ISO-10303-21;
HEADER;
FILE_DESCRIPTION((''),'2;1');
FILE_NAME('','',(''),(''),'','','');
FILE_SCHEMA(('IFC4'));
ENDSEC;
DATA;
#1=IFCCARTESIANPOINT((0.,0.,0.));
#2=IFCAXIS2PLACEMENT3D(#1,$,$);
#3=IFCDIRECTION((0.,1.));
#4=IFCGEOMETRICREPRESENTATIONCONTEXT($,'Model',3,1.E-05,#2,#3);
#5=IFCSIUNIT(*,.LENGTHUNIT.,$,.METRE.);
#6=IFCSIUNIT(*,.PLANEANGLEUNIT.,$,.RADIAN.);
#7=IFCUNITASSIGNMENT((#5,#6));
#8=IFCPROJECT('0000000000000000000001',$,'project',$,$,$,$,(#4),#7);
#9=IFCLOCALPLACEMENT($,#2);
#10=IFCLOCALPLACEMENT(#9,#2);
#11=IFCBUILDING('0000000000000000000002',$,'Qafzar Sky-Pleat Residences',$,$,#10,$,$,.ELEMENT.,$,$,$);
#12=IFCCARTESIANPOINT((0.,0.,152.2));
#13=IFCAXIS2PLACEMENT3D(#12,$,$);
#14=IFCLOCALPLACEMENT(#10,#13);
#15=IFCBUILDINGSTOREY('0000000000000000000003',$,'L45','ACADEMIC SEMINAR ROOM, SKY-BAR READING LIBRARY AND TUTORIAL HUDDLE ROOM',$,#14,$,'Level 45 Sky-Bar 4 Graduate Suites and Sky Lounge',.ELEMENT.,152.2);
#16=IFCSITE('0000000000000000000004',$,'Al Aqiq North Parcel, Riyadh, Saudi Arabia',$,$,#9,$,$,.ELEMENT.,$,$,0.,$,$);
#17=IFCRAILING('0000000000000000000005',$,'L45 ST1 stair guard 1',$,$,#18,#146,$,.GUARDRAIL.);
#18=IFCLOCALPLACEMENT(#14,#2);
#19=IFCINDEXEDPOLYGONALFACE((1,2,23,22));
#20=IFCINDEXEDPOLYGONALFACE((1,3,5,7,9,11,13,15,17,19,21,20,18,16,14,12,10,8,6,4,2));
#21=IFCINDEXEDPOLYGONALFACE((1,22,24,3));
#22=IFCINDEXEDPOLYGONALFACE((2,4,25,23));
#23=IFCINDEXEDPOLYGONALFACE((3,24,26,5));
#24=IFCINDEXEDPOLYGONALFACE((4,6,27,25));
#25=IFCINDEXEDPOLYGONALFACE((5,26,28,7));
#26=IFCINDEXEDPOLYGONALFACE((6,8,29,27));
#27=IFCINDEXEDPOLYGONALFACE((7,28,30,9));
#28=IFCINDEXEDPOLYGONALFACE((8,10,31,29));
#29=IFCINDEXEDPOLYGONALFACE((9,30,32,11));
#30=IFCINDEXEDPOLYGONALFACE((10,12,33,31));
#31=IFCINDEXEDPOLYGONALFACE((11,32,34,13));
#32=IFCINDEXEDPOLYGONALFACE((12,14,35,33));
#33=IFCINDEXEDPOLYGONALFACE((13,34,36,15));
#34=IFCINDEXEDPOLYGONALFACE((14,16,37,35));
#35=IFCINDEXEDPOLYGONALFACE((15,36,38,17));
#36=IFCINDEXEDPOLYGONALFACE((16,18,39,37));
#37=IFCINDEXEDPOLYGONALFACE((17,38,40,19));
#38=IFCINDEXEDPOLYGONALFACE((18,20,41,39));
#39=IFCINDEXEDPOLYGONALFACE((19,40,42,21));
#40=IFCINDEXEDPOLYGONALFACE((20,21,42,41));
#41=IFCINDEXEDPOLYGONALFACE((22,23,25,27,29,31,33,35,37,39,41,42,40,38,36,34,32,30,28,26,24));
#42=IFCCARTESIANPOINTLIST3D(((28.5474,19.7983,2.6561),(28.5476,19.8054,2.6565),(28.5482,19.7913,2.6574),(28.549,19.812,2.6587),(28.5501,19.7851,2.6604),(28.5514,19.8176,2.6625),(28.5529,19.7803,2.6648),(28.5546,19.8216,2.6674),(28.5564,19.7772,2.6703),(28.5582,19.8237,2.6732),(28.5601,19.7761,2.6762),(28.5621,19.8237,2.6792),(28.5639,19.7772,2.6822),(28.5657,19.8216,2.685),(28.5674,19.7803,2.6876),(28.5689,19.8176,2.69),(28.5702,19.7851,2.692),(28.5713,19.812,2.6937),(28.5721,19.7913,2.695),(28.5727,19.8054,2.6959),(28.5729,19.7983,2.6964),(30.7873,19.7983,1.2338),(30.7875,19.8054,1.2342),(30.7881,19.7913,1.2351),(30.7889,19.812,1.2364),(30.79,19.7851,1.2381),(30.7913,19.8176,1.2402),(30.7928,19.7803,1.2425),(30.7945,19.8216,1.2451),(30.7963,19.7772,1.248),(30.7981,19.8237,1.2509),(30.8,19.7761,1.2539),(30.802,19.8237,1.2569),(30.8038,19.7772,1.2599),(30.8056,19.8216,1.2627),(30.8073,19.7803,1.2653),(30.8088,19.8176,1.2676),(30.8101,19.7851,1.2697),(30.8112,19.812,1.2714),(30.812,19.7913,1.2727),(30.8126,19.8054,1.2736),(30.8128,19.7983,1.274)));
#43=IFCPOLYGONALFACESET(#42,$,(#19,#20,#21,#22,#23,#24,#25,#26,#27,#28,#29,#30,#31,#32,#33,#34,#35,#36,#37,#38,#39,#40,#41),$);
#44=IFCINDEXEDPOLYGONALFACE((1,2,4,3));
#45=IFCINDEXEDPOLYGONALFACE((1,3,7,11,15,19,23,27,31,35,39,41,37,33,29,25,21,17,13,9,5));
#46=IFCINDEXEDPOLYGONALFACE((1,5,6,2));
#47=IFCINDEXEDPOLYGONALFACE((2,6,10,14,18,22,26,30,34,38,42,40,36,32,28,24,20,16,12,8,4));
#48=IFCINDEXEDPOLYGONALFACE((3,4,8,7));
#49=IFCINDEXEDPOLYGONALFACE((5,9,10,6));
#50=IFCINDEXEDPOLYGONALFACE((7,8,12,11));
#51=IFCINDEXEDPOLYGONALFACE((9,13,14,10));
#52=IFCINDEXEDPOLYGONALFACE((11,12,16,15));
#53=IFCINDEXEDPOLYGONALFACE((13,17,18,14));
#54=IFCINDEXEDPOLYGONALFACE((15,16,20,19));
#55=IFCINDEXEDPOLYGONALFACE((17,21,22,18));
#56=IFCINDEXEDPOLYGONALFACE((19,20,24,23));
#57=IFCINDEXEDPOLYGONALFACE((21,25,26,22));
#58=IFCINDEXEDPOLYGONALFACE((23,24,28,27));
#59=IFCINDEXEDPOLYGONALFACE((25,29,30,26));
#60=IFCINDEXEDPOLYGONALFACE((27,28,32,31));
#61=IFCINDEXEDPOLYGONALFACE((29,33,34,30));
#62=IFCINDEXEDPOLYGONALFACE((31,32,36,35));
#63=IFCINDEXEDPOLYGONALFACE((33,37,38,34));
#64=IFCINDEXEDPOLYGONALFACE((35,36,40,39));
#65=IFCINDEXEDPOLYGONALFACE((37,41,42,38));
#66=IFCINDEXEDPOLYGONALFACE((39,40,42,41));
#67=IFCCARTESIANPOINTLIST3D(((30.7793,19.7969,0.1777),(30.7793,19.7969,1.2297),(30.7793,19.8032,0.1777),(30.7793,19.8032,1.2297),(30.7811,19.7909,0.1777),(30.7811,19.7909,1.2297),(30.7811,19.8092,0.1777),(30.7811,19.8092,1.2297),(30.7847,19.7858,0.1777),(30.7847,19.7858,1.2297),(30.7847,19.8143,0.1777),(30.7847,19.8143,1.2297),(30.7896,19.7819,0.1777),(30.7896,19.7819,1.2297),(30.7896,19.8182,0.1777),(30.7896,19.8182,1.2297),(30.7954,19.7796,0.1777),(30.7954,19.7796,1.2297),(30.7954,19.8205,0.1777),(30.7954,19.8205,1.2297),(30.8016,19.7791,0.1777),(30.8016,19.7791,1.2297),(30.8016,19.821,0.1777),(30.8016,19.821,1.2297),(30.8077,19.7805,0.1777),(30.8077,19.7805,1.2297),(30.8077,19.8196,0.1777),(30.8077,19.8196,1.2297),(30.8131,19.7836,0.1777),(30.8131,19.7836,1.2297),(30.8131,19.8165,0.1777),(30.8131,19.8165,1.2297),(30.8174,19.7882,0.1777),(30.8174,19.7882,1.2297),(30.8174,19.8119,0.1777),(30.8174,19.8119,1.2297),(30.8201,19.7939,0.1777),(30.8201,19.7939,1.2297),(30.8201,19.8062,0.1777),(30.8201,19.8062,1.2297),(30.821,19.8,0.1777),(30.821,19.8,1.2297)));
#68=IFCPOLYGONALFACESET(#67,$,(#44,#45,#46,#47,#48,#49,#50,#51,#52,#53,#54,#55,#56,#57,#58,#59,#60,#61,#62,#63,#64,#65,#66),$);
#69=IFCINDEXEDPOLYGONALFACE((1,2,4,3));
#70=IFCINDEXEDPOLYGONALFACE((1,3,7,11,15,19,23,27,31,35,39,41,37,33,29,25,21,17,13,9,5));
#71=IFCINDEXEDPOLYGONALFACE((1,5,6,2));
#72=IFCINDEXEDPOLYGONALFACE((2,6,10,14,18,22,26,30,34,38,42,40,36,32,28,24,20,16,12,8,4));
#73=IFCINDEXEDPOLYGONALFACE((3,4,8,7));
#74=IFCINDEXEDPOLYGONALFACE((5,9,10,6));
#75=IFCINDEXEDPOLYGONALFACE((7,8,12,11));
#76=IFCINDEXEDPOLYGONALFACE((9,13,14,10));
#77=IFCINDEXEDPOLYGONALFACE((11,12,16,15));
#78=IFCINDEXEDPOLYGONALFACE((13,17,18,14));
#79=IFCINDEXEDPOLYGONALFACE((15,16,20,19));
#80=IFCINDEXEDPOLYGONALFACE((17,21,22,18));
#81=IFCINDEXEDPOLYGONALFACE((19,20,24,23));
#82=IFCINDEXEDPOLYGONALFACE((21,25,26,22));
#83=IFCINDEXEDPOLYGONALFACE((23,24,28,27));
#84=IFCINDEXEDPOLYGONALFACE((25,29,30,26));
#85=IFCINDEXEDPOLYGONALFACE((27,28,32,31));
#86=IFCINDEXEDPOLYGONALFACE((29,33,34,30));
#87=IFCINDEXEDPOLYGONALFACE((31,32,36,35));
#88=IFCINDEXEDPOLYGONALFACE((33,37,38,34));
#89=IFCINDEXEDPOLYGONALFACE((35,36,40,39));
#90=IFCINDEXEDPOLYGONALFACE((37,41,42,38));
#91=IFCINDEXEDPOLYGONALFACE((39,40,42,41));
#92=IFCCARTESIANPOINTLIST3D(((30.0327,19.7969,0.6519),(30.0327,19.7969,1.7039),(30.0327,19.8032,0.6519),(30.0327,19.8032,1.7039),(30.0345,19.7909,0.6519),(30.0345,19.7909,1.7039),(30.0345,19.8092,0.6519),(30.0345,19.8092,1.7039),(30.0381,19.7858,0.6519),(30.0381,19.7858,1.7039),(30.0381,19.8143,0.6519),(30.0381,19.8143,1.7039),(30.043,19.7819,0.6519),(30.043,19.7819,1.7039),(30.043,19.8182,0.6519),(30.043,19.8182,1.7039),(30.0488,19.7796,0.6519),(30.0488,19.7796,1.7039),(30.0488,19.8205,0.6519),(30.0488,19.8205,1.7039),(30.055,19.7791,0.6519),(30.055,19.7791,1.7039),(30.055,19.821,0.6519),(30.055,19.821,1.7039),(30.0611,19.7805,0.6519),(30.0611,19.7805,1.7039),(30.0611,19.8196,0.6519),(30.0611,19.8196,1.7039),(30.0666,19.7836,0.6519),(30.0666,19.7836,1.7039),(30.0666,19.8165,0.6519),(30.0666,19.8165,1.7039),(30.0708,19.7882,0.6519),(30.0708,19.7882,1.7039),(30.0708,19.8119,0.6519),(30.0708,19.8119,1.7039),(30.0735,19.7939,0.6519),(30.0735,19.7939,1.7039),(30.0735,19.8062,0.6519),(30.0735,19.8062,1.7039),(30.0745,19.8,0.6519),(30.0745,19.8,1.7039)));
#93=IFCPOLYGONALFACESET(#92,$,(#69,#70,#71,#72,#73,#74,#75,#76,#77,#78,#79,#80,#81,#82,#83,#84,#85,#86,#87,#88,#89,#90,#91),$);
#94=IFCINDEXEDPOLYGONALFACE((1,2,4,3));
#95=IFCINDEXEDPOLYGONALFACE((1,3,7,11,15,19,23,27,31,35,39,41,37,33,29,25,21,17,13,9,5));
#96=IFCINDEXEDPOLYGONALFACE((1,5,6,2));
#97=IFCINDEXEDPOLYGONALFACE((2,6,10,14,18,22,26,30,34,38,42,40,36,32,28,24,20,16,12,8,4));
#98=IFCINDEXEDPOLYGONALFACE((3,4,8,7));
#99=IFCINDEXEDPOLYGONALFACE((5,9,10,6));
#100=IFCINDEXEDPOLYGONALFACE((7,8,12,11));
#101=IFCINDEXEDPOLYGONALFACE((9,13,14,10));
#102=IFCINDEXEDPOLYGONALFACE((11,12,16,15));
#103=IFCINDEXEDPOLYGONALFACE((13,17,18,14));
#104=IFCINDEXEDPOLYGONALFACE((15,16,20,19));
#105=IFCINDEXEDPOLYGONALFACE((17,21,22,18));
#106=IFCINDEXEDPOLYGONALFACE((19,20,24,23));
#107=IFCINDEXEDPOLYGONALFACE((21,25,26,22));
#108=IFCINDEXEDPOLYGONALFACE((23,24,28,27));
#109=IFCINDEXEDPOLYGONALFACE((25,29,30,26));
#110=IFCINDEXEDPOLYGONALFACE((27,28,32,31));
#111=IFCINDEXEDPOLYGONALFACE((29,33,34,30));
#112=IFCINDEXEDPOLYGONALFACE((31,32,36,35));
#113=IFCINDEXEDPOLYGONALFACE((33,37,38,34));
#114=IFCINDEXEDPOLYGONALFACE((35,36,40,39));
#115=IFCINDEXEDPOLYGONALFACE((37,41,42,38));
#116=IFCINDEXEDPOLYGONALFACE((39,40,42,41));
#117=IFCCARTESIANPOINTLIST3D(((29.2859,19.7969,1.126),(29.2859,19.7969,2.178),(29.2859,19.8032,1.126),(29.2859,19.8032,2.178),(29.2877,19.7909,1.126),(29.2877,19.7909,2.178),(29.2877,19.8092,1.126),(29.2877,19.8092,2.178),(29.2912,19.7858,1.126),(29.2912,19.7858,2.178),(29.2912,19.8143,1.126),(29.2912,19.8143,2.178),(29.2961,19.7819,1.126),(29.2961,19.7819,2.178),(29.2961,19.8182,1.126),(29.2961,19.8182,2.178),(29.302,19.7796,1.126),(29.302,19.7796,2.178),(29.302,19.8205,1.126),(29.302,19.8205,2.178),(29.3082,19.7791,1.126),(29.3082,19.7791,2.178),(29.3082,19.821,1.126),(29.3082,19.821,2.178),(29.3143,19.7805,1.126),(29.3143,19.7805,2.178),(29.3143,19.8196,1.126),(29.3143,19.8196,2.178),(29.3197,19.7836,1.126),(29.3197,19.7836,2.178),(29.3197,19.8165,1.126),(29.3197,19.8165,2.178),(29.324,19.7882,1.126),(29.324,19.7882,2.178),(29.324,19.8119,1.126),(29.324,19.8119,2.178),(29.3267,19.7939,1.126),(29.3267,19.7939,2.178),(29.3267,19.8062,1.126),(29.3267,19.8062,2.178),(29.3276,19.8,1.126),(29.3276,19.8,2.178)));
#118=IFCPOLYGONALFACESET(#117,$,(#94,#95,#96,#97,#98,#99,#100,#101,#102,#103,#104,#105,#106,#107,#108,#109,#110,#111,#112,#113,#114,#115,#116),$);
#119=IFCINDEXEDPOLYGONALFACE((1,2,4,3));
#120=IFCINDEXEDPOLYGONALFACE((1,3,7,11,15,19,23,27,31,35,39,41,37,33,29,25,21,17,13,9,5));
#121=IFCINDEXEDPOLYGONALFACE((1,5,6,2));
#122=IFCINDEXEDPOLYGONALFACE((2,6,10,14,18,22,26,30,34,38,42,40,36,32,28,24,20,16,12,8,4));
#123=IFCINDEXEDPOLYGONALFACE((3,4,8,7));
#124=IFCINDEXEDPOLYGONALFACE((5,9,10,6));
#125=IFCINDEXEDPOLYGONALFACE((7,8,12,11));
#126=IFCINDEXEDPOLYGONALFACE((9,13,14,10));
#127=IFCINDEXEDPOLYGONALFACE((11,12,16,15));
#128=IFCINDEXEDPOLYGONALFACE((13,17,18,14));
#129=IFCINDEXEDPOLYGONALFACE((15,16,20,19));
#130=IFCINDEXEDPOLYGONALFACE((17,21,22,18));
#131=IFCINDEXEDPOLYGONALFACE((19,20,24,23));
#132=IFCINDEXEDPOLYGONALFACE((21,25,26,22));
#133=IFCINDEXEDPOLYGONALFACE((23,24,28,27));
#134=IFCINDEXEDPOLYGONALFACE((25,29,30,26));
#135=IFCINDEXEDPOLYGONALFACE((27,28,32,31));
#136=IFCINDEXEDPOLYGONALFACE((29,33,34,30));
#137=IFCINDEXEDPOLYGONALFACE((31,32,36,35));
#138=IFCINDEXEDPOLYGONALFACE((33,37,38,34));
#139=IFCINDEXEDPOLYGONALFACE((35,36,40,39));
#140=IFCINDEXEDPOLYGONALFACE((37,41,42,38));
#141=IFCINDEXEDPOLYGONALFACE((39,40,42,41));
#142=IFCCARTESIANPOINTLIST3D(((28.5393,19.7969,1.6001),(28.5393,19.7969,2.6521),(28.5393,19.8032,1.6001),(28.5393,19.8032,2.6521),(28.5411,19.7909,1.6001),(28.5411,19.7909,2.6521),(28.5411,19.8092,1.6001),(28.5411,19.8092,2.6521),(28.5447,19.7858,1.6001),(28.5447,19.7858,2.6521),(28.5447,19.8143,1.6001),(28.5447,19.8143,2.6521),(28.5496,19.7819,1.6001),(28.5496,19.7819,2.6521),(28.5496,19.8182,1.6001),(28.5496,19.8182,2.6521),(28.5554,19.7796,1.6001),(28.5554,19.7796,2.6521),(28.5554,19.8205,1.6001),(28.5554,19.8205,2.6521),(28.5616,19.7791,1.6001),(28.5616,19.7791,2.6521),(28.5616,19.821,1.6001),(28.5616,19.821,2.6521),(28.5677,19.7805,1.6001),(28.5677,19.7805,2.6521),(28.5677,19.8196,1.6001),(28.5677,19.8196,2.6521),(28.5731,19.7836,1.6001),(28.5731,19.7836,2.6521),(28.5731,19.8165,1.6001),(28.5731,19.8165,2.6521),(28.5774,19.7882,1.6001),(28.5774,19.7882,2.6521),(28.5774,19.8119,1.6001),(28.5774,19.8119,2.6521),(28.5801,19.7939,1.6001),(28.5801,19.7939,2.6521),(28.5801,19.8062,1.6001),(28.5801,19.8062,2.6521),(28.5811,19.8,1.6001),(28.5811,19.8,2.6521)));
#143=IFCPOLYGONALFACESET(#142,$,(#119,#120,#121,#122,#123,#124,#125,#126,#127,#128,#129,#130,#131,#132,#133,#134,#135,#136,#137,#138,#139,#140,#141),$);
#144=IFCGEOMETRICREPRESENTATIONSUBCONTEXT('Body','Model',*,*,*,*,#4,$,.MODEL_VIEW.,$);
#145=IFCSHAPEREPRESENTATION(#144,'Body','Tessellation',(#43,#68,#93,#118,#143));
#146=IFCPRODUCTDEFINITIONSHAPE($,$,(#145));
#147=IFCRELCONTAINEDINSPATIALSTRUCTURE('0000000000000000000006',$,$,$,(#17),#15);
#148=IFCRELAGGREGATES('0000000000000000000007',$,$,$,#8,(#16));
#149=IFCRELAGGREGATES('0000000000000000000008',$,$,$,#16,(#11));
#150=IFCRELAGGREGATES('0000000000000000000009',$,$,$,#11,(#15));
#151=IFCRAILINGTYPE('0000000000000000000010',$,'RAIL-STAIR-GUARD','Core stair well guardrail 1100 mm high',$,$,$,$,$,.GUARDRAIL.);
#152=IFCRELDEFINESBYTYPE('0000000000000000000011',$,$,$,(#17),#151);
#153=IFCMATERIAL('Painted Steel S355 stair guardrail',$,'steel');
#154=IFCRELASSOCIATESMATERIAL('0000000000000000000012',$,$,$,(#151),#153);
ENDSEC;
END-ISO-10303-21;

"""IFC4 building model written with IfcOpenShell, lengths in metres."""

from ifc_helpers import new_model, si_unit, direction, frame, origin, origin_2d, place, context, subcontext, project, spatial, circle, extrude, source, transform, mapped, material, type_object, element, save


model = new_model("IFC4")

# Units and contexts
model_context = context("Model", 3, precision=1e-05, world=origin(), true_north=direction((0.0, 1.0)))
body_context = subcontext(model_context, "Body", "Model", "MODEL_VIEW")
ifc_project = project(units=[si_unit("LENGTHUNIT", "METRE"), si_unit("PLANEANGLEUNIT", "RADIAN")], contexts=[model_context])

# Site, building, storey
site_placement = place(None, origin())
site = spatial("IfcSite", under=ifc_project, at=site_placement, Name="Al Aqiq North Parcel, Riyadh, Saudi Arabia", CompositionType="ELEMENT", RefElevation=0.0)
building_placement = place(site_placement, origin())
building = spatial("IfcBuilding", under=site, at=building_placement, Name="Qafzar Sky-Pleat Residences", CompositionType="ELEMENT")
storey_placement = place(building_placement, frame((0.0, 0.0, 152.2)))
storey = spatial("IfcBuildingStorey", under=building, at=storey_placement, Name="L45", Description="ACADEMIC SEMINAR ROOM, SKY-BAR READING LIBRARY AND TUTORIAL HUDDLE ROOM", LongName="Level 45 Sky-Bar 4 Graduate Suites and Sky Lounge", CompositionType="ELEMENT", Elevation=152.2)

# Railing
ifc_material_1 = material(Name="Painted Steel S355 stair guardrail", Category="steel")
railing_type_1 = type_object("IfcRailingType", Name="RAIL-STAIR-GUARD", Description="Core stair well guardrail 1100 mm high", PredefinedType="GUARDRAIL", material=ifc_material_1)
shared_shape_1 = source(origin(), body_context, "Body", "SweptSolid", [
    extrude(circle(Radius=0.0239, at=origin_2d()), frame((0.0, 0.0, 1.0762), z_axis=(-0.844188, 0.0, 0.536048), x_axis=(0.0, -1.0, 0.0)), (0.0, 0.0, 1.0), 2.6533),
    extrude(circle(Radius=0.021, at=origin_2d()), origin(), (0.0, 0.0, 1.0), 1.052),
    extrude(circle(Radius=0.021, at=origin_2d()), frame((-0.7466, 0.0, 0.4741)), (0.0, 0.0, 1.0), 1.052),
    extrude(circle(Radius=0.021, at=origin_2d()), frame((-1.4934, 0.0, 0.9482)), (0.0, 0.0, 1.0), 1.052),
    extrude(circle(Radius=0.021, at=origin_2d()), frame((-2.24, 0.0, 1.4224)), (0.0, 0.0, 1.0), 1.052),
])
railing_1_placement = place(storey_placement, frame((30.8, 19.8, 0.1777)))
element("IfcRailing", 1, at=railing_1_placement, inside=storey, type_object=railing_type_1, Name="L45 ST1 stair guard 1", PredefinedType="GUARDRAIL", context=body_context, shape_type="MappedRepresentation", body=[
    mapped(shared_shape_1, transform((0.0, 0.0, 0.0), x_axis=(1.0, 0.0, 0.0), y_axis=(0.0, 1.0, 0.0), z_axis=(0.0, 0.0, 1.0), scale=1.0)),
])

save(model, "model.ifc")
